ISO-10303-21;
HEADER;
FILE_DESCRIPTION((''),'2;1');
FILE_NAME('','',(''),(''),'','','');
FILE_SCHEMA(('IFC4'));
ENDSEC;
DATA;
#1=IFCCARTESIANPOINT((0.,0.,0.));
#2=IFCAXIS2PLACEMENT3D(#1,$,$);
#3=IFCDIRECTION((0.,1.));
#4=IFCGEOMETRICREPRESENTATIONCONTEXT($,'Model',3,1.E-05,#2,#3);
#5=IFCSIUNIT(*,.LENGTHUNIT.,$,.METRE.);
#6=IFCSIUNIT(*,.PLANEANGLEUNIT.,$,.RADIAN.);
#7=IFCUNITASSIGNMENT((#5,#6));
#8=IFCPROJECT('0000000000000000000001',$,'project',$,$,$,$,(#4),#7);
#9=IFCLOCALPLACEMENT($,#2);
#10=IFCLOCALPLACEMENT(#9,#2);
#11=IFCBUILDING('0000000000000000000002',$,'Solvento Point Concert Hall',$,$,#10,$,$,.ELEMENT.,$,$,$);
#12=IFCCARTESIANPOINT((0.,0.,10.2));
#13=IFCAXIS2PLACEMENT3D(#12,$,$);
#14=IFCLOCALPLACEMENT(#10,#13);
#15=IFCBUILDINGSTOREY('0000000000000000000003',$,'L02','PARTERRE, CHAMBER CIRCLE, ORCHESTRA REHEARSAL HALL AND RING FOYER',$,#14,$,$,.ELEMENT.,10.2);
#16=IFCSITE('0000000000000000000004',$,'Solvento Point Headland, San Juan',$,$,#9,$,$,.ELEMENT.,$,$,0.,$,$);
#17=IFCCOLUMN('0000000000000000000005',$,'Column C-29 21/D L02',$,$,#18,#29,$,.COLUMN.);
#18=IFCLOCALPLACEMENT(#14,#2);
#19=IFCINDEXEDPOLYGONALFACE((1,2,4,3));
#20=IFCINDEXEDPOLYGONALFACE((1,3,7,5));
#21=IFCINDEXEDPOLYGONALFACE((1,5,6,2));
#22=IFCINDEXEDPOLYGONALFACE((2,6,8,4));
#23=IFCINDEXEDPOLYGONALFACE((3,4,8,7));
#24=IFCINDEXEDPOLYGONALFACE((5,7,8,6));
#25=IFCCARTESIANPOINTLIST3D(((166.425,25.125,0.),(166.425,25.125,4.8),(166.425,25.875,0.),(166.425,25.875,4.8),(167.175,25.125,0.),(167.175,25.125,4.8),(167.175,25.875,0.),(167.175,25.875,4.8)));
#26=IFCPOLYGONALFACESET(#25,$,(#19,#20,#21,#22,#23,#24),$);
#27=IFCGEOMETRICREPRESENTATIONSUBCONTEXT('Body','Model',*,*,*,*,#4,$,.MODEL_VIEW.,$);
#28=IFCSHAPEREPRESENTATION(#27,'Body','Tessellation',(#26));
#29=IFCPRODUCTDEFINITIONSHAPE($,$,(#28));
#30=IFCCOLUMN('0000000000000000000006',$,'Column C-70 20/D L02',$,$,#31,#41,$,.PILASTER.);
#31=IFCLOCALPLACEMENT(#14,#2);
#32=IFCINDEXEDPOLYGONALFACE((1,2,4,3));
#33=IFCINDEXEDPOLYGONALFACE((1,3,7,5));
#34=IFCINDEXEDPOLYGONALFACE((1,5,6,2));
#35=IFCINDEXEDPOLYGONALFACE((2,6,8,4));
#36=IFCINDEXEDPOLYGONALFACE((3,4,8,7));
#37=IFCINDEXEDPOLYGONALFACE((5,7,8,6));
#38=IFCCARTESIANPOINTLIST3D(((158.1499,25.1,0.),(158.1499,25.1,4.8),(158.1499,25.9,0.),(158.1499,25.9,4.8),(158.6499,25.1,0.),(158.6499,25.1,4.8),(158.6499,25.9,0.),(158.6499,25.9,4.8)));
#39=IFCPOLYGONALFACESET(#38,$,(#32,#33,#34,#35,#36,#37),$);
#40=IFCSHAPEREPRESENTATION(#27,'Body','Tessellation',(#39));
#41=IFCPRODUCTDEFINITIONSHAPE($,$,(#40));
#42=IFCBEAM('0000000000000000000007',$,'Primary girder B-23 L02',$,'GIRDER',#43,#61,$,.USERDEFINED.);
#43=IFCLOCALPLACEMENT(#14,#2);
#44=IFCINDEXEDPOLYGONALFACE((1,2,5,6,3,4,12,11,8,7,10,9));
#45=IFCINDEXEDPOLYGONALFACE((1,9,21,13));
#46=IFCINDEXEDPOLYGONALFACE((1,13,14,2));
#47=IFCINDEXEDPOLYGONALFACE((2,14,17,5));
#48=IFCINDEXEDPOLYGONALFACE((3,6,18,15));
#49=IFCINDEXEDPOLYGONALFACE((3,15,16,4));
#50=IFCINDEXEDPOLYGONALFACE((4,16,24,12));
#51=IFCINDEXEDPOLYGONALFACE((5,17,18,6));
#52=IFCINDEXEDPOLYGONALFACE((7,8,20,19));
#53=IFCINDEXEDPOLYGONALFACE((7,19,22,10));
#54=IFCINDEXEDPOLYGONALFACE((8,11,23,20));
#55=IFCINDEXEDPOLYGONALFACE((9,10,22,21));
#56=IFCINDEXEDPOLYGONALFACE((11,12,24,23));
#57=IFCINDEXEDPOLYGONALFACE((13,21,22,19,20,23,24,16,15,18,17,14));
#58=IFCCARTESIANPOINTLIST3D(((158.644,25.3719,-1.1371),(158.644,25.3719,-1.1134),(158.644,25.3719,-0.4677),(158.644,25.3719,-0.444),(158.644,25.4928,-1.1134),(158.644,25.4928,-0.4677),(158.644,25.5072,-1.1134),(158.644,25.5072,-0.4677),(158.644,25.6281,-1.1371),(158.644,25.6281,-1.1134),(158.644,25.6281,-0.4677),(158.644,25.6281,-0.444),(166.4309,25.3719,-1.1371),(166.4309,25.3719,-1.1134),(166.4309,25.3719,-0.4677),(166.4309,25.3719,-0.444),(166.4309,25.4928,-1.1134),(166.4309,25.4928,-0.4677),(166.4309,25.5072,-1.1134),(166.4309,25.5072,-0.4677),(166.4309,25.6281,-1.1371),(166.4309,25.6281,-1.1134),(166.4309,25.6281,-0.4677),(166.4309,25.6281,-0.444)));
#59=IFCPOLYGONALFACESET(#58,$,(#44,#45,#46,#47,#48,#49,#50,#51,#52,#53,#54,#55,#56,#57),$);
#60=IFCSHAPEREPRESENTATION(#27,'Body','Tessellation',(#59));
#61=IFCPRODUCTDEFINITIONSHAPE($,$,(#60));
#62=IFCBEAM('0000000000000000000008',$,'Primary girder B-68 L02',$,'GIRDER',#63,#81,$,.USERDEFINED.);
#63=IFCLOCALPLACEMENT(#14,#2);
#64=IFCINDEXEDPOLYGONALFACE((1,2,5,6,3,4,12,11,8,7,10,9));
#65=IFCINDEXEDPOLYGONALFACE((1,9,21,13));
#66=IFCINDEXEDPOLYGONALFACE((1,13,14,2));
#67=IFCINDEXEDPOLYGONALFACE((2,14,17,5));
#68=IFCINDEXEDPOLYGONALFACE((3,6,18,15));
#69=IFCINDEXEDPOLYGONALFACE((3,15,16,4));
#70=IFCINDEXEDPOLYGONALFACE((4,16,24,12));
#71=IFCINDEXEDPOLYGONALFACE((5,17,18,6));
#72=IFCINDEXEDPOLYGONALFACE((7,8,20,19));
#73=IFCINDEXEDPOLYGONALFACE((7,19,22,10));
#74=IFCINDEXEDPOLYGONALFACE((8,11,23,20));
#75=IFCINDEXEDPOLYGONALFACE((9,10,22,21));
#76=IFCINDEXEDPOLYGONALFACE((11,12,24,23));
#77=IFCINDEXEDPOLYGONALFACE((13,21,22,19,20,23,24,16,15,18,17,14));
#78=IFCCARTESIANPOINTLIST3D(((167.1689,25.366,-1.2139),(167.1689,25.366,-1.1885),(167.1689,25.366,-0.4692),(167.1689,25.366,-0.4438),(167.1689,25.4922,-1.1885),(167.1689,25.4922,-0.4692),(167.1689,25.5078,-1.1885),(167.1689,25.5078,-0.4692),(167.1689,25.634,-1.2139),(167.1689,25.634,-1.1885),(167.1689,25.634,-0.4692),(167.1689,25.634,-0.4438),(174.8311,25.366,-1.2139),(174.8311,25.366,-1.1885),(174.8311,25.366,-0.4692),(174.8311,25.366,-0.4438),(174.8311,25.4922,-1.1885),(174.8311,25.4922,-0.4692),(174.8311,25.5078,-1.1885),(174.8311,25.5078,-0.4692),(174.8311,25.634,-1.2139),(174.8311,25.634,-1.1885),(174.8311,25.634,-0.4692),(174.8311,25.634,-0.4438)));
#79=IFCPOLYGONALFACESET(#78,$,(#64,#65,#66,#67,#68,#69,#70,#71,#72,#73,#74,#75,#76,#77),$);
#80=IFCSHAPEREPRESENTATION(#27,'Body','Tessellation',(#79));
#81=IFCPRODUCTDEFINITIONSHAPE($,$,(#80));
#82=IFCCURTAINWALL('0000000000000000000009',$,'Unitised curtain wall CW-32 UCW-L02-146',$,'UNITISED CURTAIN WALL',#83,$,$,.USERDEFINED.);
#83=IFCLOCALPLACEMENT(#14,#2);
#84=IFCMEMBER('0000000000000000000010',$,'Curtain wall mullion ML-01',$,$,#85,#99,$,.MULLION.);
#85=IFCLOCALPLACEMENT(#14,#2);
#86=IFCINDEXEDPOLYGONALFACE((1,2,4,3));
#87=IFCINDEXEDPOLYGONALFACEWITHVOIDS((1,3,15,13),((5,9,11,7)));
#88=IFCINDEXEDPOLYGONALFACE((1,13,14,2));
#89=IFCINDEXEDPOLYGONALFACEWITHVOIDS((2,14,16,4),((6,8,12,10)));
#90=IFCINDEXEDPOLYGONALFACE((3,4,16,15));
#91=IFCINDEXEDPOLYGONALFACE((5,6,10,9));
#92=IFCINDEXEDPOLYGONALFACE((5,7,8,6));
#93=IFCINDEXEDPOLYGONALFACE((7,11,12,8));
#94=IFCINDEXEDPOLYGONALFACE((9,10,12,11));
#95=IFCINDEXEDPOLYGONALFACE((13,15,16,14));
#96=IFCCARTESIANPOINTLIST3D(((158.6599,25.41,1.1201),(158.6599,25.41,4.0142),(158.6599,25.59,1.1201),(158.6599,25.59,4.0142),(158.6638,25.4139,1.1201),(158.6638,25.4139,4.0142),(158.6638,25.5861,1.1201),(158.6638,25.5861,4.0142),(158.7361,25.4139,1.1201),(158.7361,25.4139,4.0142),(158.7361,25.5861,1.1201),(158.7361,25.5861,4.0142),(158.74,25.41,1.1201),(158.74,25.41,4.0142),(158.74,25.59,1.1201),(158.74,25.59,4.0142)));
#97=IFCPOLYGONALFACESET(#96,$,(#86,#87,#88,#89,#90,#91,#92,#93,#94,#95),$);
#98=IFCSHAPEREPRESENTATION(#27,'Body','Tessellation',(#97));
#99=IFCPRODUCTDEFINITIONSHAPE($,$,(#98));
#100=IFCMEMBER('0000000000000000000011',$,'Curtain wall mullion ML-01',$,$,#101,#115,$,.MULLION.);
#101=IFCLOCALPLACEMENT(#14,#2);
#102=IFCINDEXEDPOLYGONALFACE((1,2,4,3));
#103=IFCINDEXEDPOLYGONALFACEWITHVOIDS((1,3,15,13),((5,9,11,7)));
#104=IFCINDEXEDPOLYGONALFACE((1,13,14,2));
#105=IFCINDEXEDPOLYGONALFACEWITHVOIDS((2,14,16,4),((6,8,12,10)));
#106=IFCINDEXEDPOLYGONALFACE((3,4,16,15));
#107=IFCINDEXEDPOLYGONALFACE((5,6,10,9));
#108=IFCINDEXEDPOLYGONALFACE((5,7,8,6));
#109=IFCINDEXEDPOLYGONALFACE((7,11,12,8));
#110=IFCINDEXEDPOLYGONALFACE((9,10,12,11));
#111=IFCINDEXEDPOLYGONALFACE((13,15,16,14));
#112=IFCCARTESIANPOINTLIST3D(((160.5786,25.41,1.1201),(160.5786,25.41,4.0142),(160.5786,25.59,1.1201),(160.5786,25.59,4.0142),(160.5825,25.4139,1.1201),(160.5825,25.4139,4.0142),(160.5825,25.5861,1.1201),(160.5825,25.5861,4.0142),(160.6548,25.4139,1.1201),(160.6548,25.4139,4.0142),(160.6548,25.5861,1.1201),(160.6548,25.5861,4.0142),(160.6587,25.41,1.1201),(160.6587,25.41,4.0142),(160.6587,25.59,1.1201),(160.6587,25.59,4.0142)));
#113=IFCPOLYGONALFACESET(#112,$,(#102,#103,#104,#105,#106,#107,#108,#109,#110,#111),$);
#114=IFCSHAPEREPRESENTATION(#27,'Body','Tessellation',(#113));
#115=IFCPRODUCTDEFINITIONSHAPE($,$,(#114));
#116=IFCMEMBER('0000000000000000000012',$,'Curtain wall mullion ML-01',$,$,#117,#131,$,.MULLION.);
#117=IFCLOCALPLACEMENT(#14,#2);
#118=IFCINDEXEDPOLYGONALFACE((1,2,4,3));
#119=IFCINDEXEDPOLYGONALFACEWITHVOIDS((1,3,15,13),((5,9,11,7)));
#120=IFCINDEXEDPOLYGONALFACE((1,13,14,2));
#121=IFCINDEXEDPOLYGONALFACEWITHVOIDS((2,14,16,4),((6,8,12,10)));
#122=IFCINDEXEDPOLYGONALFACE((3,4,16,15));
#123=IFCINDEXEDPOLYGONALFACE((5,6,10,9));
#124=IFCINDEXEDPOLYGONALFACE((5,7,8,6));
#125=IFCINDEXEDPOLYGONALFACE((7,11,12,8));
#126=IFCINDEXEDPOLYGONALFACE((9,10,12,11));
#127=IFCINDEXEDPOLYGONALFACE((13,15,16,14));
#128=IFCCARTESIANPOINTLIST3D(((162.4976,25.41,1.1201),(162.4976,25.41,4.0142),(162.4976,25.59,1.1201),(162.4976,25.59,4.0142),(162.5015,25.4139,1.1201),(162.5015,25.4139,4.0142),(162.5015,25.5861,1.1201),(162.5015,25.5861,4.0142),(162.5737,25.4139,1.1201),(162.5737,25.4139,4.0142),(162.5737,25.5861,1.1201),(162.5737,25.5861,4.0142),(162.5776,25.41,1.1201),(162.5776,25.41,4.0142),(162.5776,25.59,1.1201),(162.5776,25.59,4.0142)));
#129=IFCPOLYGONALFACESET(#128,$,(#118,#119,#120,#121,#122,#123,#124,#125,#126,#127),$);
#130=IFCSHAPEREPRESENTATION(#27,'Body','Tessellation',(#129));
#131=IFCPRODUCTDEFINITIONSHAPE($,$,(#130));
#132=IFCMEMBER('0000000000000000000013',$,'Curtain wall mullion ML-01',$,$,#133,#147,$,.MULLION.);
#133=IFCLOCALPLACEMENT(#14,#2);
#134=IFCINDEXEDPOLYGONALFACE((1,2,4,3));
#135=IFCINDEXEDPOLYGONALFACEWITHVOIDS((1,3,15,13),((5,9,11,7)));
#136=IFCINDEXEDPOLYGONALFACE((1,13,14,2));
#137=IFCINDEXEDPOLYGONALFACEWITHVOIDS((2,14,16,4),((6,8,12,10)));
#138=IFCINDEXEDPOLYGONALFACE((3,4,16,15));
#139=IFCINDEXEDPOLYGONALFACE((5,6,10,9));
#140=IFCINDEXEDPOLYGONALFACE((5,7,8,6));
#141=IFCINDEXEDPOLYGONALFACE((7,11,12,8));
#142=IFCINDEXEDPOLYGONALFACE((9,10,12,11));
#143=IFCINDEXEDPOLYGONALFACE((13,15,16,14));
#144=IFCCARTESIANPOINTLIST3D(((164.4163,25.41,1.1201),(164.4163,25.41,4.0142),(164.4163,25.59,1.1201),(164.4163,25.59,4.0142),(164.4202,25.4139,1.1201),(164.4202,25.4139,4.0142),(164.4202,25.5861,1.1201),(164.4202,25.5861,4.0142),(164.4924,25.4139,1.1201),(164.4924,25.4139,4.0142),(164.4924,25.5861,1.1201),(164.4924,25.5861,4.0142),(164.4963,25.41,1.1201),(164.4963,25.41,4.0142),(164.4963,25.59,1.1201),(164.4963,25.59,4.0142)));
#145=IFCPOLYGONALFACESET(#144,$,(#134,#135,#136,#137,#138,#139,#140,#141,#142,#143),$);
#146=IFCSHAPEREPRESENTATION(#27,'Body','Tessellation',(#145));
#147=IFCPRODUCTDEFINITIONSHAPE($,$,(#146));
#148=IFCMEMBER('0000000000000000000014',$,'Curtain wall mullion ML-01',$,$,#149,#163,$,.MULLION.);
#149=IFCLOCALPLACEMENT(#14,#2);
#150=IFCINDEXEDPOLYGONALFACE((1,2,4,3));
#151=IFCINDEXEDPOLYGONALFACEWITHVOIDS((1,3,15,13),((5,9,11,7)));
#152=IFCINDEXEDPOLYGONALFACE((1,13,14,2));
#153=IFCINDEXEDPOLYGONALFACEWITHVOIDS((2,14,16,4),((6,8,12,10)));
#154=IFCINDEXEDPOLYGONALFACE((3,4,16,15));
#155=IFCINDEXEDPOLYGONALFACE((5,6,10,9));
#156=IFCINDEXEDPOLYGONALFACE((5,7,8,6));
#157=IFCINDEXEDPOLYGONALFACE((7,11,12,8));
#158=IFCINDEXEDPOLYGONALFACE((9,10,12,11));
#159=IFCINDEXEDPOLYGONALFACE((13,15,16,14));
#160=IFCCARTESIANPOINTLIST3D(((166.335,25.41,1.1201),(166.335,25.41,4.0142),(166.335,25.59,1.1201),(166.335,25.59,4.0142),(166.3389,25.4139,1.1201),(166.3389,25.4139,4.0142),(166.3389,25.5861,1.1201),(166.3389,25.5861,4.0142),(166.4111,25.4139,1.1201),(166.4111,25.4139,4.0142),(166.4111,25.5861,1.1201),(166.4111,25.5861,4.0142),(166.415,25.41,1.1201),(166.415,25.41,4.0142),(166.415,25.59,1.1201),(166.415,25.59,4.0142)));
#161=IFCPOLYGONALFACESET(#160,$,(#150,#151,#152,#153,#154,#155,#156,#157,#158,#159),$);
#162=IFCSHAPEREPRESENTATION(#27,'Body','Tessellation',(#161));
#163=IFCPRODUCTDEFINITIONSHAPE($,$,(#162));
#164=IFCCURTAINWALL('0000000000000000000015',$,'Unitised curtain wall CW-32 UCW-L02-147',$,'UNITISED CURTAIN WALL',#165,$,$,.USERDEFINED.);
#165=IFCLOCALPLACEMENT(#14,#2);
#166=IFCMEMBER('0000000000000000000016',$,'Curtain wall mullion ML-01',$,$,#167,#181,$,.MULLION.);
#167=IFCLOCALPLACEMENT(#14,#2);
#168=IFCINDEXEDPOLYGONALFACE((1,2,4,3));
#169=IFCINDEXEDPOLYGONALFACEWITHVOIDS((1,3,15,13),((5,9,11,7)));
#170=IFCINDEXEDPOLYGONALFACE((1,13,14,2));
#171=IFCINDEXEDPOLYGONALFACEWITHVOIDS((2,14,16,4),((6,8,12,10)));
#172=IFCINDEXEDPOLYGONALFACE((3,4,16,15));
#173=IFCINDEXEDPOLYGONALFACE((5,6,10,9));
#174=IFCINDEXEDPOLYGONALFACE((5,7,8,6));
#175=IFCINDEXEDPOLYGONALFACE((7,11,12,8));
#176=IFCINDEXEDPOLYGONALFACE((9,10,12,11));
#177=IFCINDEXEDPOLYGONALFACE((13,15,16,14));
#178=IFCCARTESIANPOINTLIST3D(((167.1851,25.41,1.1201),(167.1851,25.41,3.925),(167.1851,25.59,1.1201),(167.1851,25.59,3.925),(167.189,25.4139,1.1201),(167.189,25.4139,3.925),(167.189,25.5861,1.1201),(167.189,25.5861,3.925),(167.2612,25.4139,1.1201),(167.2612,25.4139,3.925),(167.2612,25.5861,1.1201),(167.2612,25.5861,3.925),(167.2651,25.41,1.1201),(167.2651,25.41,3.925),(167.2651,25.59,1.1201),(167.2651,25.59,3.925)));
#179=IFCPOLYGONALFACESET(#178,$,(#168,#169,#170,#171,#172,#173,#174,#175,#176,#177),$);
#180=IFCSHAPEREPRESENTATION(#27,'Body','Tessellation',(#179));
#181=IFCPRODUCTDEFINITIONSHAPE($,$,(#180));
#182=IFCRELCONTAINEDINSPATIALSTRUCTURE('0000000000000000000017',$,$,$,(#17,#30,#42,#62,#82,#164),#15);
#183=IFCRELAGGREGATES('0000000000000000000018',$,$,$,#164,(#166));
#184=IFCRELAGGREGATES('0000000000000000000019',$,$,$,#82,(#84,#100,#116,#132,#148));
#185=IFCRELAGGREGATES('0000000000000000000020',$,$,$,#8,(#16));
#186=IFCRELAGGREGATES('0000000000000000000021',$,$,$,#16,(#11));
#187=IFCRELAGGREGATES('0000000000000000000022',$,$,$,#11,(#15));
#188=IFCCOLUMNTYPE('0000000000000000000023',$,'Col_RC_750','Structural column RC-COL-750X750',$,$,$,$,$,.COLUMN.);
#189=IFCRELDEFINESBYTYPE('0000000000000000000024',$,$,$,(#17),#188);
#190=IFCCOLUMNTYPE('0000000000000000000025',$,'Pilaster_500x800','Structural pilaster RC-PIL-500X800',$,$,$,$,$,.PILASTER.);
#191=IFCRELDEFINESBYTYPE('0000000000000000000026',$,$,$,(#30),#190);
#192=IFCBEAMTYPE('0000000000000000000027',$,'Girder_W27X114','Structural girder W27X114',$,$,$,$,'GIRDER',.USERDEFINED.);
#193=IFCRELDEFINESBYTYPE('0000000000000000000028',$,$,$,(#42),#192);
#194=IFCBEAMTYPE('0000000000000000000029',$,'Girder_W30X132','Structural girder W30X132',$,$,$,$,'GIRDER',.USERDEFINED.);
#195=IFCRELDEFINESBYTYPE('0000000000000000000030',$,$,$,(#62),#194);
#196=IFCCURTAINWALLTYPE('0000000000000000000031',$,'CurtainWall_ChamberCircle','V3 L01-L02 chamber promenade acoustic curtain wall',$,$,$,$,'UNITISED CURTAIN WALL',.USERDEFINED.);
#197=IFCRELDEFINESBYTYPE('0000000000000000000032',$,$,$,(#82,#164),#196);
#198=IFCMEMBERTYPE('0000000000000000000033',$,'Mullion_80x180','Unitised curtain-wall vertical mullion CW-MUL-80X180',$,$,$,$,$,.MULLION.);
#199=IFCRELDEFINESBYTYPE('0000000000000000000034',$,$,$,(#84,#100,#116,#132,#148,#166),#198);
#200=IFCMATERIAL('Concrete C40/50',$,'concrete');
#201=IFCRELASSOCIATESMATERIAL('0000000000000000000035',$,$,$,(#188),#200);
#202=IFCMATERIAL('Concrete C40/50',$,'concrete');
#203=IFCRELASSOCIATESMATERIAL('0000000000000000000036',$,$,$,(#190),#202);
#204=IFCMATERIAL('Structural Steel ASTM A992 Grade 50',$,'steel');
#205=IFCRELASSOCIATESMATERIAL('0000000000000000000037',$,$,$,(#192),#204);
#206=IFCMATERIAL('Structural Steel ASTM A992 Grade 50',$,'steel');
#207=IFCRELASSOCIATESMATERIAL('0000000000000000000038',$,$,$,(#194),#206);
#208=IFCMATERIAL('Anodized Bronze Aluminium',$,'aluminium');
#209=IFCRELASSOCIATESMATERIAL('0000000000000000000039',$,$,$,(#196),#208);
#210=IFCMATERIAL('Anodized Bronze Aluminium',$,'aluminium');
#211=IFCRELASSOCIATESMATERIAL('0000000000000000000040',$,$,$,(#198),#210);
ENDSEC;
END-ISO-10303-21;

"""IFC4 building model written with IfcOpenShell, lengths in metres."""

from ifc_helpers import new_model, si_unit, direction, frame, origin, origin_2d, place, context, subcontext, project, spatial, rectangle, hollow_rectangle, i_section, extrude, material, material_profile, profile_set, type_object, element, aggregate, save


model = new_model("IFC4")

# Units and contexts
model_context = context("Model", 3, precision=1e-05, world=origin(), true_north=direction((0.0, 1.0)))
body_context = subcontext(model_context, "Body", "Model", "MODEL_VIEW")
ifc_project = project(units=[si_unit("LENGTHUNIT", "METRE"), si_unit("PLANEANGLEUNIT", "RADIAN")], contexts=[model_context])

# Site, building, storey
site_placement = place(None, origin())
site = spatial("IfcSite", under=ifc_project, at=site_placement, Name="Solvento Point Headland, San Juan", CompositionType="ELEMENT", RefElevation=0.0)
building_placement = place(site_placement, origin())
building = spatial("IfcBuilding", under=site, at=building_placement, Name="Solvento Point Concert Hall", CompositionType="ELEMENT")
storey_placement = place(building_placement, frame((0.0, 0.0, 10.2)))
storey = spatial("IfcBuildingStorey", under=building, at=storey_placement, Name="L02", Description="PARTERRE, CHAMBER CIRCLE, ORCHESTRA REHEARSAL HALL AND RING FOYER", CompositionType="ELEMENT", Elevation=10.2)

# Columns
ifc_material_1 = material(Name="Concrete C40/50", Category="concrete")
ifc_material_profile_1 = material_profile(ifc_material_1, rectangle(XDim=0.75, YDim=0.75, at=origin_2d()), Name="RC-COL-750X750")
ifc_profile_set_1 = profile_set([ifc_material_profile_1], Name="Concrete C40/50")
column_type_1 = type_object("IfcColumnType", Name="Col_RC_750", Description="Structural column RC-COL-750X750", PredefinedType="COLUMN", material=ifc_profile_set_1)
column_1_placement = place(storey_placement, frame((166.8, 25.5, 0.0), z_axis=(0.0, 0.0, 1.0), x_axis=(1.0, 0.0, 0.0)))
element("IfcColumn", 1, at=column_1_placement, inside=storey, type_object=column_type_1, Name="Column C-29 21/D L02", PredefinedType="COLUMN", context=body_context, shape_type="SweptSolid", body=[
    extrude(rectangle(XDim=0.75, YDim=0.75, at=origin_2d()), origin(), (0.0, 0.0, 1.0), 4.8),
])
ifc_material_2 = material(Name="Concrete C40/50", Category="concrete")
ifc_material_profile_2 = material_profile(ifc_material_2, rectangle(XDim=0.5, YDim=0.8, at=origin_2d()), Name="RC-PIL-500X800")
ifc_profile_set_2 = profile_set([ifc_material_profile_2], Name="Concrete C40/50")
column_type_2 = type_object("IfcColumnType", Name="Pilaster_500x800", Description="Structural pilaster RC-PIL-500X800", PredefinedType="PILASTER", material=ifc_profile_set_2)
column_2_placement = place(storey_placement, frame((158.3999, 25.5, 0.0), z_axis=(0.0, 0.0, 1.0), x_axis=(1.0, 0.0, 0.0)))
element("IfcColumn", 2, at=column_2_placement, inside=storey, type_object=column_type_2, Name="Column C-70 20/D L02", PredefinedType="PILASTER", context=body_context, shape_type="SweptSolid", body=[
    extrude(rectangle(XDim=0.5, YDim=0.8, at=origin_2d()), origin(), (0.0, 0.0, 1.0), 4.8),
])

# Beams
ifc_material_3 = material(Name="Structural Steel ASTM A992 Grade 50", Category="steel")
ifc_material_profile_3 = material_profile(ifc_material_3, i_section(OverallWidth=0.2561, OverallDepth=0.6931, WebThickness=0.0144, FlangeThickness=0.0237, at=origin_2d()), Name="W27X114")
ifc_profile_set_3 = profile_set([ifc_material_profile_3], Name="Structural Steel ASTM A992 Grade 50")
beam_type_1 = type_object("IfcBeamType", Name="Girder_W27X114", Description="Structural girder W27X114", ElementType="GIRDER", PredefinedType="USERDEFINED", material=ifc_profile_set_3)
beam_1_placement = place(storey_placement, frame((158.644, 25.5, -0.7905), z_axis=(1.0, 0.0, 0.0), x_axis=(0.0, 1.0, 0.0)))
element("IfcBeam", 3, at=beam_1_placement, inside=storey, type_object=beam_type_1, Name="Primary girder B-23 L02", ObjectType="GIRDER", PredefinedType="USERDEFINED", context=body_context, shape_type="SweptSolid", body=[
    extrude(i_section(OverallWidth=0.2561, OverallDepth=0.6931, WebThickness=0.0144, FlangeThickness=0.0237, at=origin_2d()), origin(), (0.0, 0.0, 1.0), 7.7869),
])
ifc_material_4 = material(Name="Structural Steel ASTM A992 Grade 50", Category="steel")
ifc_material_profile_4 = material_profile(ifc_material_4, i_section(OverallWidth=0.2681, OverallDepth=0.77, WebThickness=0.0156, FlangeThickness=0.0254, at=origin_2d()), Name="W30X132")
ifc_profile_set_4 = profile_set([ifc_material_profile_4], Name="Structural Steel ASTM A992 Grade 50")
beam_type_2 = type_object("IfcBeamType", Name="Girder_W30X132", Description="Structural girder W30X132", ElementType="GIRDER", PredefinedType="USERDEFINED", material=ifc_profile_set_4)
beam_2_placement = place(storey_placement, frame((167.1689, 25.5, -0.8289), z_axis=(1.0, 0.0, 0.0), x_axis=(0.0, 1.0, 0.0)))
element("IfcBeam", 4, at=beam_2_placement, inside=storey, type_object=beam_type_2, Name="Primary girder B-68 L02", ObjectType="GIRDER", PredefinedType="USERDEFINED", context=body_context, shape_type="SweptSolid", body=[
    extrude(i_section(OverallWidth=0.2681, OverallDepth=0.77, WebThickness=0.0156, FlangeThickness=0.0254, at=origin_2d()), origin(), (0.0, 0.0, 1.0), 7.6621),
])

# Curtain wall, members
ifc_material_5 = material(Name="Anodized Bronze Aluminium", Category="aluminium")
curtain_wall_type = type_object("IfcCurtainWallType", Name="CurtainWall_ChamberCircle", Description="V3 L01-L02 chamber promenade acoustic curtain wall", ElementType="UNITISED CURTAIN WALL", PredefinedType="USERDEFINED", material=ifc_material_5)
curtain_wall_1_placement = place(storey_placement, origin())
curtain_wall_1 = element("IfcCurtainWall", 5, at=curtain_wall_1_placement, inside=storey, type_object=curtain_wall_type, Name="Unitised curtain wall CW-32 UCW-L02-146", ObjectType="UNITISED CURTAIN WALL", PredefinedType="USERDEFINED")
ifc_material_6 = material(Name="Anodized Bronze Aluminium", Category="aluminium")
ifc_material_profile_5 = material_profile(ifc_material_6, hollow_rectangle(XDim=0.0801, YDim=0.1799, WallThickness=0.0039, at=origin_2d()), Name="CW-MUL-80X180")
ifc_profile_set_5 = profile_set([ifc_material_profile_5], Name="Anodized Bronze Aluminium")
member_type_1 = type_object("IfcMemberType", Name="Mullion_80x180", Description="Unitised curtain-wall vertical mullion CW-MUL-80X180", PredefinedType="MULLION", material=ifc_profile_set_5)
member_1_placement = place(storey_placement, frame((158.7, 25.5, 1.1201), z_axis=(0.0, 0.0, 1.0), x_axis=(1.0, 0.0, 0.0)))
member_1 = element("IfcMember", 6, at=member_1_placement, type_object=member_type_1, Name="Curtain wall mullion ML-01", PredefinedType="MULLION", context=body_context, shape_type="SweptSolid", body=[
    extrude(hollow_rectangle(XDim=0.0801, YDim=0.1799, WallThickness=0.0039, at=origin_2d()), origin(), (0.0, 0.0, 1.0), 2.894),
])
member_2_placement = place(storey_placement, frame((160.6187, 25.5, 1.1201), z_axis=(0.0, 0.0, 1.0), x_axis=(1.0, 0.0, 0.0)))
member_2 = element("IfcMember", 7, at=member_2_placement, type_object=member_type_1, Name="Curtain wall mullion ML-01", PredefinedType="MULLION", context=body_context, shape_type="SweptSolid", body=[
    extrude(hollow_rectangle(XDim=0.0801, YDim=0.1799, WallThickness=0.0039, at=origin_2d()), origin(), (0.0, 0.0, 1.0), 2.894),
])
member_3_placement = place(storey_placement, frame((162.5376, 25.5, 1.1201), z_axis=(0.0, 0.0, 1.0), x_axis=(1.0, 0.0, 0.0)))
member_3 = element("IfcMember", 8, at=member_3_placement, type_object=member_type_1, Name="Curtain wall mullion ML-01", PredefinedType="MULLION", context=body_context, shape_type="SweptSolid", body=[
    extrude(hollow_rectangle(XDim=0.0801, YDim=0.1799, WallThickness=0.0039, at=origin_2d()), origin(), (0.0, 0.0, 1.0), 2.894),
])
member_4_placement = place(storey_placement, frame((164.4563, 25.5, 1.1201), z_axis=(0.0, 0.0, 1.0), x_axis=(1.0, 0.0, 0.0)))
member_4 = element("IfcMember", 9, at=member_4_placement, type_object=member_type_1, Name="Curtain wall mullion ML-01", PredefinedType="MULLION", context=body_context, shape_type="SweptSolid", body=[
    extrude(hollow_rectangle(XDim=0.0801, YDim=0.1799, WallThickness=0.0039, at=origin_2d()), origin(), (0.0, 0.0, 1.0), 2.894),
])
member_5_placement = place(storey_placement, frame((166.375, 25.5, 1.1201), z_axis=(0.0, 0.0, 1.0), x_axis=(1.0, 0.0, 0.0)))
member_5 = element("IfcMember", 10, at=member_5_placement, type_object=member_type_1, Name="Curtain wall mullion ML-01", PredefinedType="MULLION", context=body_context, shape_type="SweptSolid", body=[
    extrude(hollow_rectangle(XDim=0.0801, YDim=0.1799, WallThickness=0.0039, at=origin_2d()), origin(), (0.0, 0.0, 1.0), 2.894),
])

# Curtain wall, member
curtain_wall_2_placement = place(storey_placement, origin())
curtain_wall_2 = element("IfcCurtainWall", 11, at=curtain_wall_2_placement, inside=storey, type_object=curtain_wall_type, Name="Unitised curtain wall CW-32 UCW-L02-147", ObjectType="UNITISED CURTAIN WALL", PredefinedType="USERDEFINED")
member_6_placement = place(storey_placement, frame((167.2251, 25.5, 1.1201), z_axis=(0.0, 0.0, 1.0), x_axis=(1.0, 0.0, 0.0)))
member_6 = element("IfcMember", 12, at=member_6_placement, type_object=member_type_1, Name="Curtain wall mullion ML-01", PredefinedType="MULLION", context=body_context, shape_type="SweptSolid", body=[
    extrude(hollow_rectangle(XDim=0.0801, YDim=0.1799, WallThickness=0.0039, at=origin_2d()), origin(), (0.0, 0.0, 1.0), 2.8049),
])
aggregate(curtain_wall_2, [member_6])

aggregate(curtain_wall_1, [member_1, member_2, member_3, member_4, member_5])

save(model, "model.ifc")
